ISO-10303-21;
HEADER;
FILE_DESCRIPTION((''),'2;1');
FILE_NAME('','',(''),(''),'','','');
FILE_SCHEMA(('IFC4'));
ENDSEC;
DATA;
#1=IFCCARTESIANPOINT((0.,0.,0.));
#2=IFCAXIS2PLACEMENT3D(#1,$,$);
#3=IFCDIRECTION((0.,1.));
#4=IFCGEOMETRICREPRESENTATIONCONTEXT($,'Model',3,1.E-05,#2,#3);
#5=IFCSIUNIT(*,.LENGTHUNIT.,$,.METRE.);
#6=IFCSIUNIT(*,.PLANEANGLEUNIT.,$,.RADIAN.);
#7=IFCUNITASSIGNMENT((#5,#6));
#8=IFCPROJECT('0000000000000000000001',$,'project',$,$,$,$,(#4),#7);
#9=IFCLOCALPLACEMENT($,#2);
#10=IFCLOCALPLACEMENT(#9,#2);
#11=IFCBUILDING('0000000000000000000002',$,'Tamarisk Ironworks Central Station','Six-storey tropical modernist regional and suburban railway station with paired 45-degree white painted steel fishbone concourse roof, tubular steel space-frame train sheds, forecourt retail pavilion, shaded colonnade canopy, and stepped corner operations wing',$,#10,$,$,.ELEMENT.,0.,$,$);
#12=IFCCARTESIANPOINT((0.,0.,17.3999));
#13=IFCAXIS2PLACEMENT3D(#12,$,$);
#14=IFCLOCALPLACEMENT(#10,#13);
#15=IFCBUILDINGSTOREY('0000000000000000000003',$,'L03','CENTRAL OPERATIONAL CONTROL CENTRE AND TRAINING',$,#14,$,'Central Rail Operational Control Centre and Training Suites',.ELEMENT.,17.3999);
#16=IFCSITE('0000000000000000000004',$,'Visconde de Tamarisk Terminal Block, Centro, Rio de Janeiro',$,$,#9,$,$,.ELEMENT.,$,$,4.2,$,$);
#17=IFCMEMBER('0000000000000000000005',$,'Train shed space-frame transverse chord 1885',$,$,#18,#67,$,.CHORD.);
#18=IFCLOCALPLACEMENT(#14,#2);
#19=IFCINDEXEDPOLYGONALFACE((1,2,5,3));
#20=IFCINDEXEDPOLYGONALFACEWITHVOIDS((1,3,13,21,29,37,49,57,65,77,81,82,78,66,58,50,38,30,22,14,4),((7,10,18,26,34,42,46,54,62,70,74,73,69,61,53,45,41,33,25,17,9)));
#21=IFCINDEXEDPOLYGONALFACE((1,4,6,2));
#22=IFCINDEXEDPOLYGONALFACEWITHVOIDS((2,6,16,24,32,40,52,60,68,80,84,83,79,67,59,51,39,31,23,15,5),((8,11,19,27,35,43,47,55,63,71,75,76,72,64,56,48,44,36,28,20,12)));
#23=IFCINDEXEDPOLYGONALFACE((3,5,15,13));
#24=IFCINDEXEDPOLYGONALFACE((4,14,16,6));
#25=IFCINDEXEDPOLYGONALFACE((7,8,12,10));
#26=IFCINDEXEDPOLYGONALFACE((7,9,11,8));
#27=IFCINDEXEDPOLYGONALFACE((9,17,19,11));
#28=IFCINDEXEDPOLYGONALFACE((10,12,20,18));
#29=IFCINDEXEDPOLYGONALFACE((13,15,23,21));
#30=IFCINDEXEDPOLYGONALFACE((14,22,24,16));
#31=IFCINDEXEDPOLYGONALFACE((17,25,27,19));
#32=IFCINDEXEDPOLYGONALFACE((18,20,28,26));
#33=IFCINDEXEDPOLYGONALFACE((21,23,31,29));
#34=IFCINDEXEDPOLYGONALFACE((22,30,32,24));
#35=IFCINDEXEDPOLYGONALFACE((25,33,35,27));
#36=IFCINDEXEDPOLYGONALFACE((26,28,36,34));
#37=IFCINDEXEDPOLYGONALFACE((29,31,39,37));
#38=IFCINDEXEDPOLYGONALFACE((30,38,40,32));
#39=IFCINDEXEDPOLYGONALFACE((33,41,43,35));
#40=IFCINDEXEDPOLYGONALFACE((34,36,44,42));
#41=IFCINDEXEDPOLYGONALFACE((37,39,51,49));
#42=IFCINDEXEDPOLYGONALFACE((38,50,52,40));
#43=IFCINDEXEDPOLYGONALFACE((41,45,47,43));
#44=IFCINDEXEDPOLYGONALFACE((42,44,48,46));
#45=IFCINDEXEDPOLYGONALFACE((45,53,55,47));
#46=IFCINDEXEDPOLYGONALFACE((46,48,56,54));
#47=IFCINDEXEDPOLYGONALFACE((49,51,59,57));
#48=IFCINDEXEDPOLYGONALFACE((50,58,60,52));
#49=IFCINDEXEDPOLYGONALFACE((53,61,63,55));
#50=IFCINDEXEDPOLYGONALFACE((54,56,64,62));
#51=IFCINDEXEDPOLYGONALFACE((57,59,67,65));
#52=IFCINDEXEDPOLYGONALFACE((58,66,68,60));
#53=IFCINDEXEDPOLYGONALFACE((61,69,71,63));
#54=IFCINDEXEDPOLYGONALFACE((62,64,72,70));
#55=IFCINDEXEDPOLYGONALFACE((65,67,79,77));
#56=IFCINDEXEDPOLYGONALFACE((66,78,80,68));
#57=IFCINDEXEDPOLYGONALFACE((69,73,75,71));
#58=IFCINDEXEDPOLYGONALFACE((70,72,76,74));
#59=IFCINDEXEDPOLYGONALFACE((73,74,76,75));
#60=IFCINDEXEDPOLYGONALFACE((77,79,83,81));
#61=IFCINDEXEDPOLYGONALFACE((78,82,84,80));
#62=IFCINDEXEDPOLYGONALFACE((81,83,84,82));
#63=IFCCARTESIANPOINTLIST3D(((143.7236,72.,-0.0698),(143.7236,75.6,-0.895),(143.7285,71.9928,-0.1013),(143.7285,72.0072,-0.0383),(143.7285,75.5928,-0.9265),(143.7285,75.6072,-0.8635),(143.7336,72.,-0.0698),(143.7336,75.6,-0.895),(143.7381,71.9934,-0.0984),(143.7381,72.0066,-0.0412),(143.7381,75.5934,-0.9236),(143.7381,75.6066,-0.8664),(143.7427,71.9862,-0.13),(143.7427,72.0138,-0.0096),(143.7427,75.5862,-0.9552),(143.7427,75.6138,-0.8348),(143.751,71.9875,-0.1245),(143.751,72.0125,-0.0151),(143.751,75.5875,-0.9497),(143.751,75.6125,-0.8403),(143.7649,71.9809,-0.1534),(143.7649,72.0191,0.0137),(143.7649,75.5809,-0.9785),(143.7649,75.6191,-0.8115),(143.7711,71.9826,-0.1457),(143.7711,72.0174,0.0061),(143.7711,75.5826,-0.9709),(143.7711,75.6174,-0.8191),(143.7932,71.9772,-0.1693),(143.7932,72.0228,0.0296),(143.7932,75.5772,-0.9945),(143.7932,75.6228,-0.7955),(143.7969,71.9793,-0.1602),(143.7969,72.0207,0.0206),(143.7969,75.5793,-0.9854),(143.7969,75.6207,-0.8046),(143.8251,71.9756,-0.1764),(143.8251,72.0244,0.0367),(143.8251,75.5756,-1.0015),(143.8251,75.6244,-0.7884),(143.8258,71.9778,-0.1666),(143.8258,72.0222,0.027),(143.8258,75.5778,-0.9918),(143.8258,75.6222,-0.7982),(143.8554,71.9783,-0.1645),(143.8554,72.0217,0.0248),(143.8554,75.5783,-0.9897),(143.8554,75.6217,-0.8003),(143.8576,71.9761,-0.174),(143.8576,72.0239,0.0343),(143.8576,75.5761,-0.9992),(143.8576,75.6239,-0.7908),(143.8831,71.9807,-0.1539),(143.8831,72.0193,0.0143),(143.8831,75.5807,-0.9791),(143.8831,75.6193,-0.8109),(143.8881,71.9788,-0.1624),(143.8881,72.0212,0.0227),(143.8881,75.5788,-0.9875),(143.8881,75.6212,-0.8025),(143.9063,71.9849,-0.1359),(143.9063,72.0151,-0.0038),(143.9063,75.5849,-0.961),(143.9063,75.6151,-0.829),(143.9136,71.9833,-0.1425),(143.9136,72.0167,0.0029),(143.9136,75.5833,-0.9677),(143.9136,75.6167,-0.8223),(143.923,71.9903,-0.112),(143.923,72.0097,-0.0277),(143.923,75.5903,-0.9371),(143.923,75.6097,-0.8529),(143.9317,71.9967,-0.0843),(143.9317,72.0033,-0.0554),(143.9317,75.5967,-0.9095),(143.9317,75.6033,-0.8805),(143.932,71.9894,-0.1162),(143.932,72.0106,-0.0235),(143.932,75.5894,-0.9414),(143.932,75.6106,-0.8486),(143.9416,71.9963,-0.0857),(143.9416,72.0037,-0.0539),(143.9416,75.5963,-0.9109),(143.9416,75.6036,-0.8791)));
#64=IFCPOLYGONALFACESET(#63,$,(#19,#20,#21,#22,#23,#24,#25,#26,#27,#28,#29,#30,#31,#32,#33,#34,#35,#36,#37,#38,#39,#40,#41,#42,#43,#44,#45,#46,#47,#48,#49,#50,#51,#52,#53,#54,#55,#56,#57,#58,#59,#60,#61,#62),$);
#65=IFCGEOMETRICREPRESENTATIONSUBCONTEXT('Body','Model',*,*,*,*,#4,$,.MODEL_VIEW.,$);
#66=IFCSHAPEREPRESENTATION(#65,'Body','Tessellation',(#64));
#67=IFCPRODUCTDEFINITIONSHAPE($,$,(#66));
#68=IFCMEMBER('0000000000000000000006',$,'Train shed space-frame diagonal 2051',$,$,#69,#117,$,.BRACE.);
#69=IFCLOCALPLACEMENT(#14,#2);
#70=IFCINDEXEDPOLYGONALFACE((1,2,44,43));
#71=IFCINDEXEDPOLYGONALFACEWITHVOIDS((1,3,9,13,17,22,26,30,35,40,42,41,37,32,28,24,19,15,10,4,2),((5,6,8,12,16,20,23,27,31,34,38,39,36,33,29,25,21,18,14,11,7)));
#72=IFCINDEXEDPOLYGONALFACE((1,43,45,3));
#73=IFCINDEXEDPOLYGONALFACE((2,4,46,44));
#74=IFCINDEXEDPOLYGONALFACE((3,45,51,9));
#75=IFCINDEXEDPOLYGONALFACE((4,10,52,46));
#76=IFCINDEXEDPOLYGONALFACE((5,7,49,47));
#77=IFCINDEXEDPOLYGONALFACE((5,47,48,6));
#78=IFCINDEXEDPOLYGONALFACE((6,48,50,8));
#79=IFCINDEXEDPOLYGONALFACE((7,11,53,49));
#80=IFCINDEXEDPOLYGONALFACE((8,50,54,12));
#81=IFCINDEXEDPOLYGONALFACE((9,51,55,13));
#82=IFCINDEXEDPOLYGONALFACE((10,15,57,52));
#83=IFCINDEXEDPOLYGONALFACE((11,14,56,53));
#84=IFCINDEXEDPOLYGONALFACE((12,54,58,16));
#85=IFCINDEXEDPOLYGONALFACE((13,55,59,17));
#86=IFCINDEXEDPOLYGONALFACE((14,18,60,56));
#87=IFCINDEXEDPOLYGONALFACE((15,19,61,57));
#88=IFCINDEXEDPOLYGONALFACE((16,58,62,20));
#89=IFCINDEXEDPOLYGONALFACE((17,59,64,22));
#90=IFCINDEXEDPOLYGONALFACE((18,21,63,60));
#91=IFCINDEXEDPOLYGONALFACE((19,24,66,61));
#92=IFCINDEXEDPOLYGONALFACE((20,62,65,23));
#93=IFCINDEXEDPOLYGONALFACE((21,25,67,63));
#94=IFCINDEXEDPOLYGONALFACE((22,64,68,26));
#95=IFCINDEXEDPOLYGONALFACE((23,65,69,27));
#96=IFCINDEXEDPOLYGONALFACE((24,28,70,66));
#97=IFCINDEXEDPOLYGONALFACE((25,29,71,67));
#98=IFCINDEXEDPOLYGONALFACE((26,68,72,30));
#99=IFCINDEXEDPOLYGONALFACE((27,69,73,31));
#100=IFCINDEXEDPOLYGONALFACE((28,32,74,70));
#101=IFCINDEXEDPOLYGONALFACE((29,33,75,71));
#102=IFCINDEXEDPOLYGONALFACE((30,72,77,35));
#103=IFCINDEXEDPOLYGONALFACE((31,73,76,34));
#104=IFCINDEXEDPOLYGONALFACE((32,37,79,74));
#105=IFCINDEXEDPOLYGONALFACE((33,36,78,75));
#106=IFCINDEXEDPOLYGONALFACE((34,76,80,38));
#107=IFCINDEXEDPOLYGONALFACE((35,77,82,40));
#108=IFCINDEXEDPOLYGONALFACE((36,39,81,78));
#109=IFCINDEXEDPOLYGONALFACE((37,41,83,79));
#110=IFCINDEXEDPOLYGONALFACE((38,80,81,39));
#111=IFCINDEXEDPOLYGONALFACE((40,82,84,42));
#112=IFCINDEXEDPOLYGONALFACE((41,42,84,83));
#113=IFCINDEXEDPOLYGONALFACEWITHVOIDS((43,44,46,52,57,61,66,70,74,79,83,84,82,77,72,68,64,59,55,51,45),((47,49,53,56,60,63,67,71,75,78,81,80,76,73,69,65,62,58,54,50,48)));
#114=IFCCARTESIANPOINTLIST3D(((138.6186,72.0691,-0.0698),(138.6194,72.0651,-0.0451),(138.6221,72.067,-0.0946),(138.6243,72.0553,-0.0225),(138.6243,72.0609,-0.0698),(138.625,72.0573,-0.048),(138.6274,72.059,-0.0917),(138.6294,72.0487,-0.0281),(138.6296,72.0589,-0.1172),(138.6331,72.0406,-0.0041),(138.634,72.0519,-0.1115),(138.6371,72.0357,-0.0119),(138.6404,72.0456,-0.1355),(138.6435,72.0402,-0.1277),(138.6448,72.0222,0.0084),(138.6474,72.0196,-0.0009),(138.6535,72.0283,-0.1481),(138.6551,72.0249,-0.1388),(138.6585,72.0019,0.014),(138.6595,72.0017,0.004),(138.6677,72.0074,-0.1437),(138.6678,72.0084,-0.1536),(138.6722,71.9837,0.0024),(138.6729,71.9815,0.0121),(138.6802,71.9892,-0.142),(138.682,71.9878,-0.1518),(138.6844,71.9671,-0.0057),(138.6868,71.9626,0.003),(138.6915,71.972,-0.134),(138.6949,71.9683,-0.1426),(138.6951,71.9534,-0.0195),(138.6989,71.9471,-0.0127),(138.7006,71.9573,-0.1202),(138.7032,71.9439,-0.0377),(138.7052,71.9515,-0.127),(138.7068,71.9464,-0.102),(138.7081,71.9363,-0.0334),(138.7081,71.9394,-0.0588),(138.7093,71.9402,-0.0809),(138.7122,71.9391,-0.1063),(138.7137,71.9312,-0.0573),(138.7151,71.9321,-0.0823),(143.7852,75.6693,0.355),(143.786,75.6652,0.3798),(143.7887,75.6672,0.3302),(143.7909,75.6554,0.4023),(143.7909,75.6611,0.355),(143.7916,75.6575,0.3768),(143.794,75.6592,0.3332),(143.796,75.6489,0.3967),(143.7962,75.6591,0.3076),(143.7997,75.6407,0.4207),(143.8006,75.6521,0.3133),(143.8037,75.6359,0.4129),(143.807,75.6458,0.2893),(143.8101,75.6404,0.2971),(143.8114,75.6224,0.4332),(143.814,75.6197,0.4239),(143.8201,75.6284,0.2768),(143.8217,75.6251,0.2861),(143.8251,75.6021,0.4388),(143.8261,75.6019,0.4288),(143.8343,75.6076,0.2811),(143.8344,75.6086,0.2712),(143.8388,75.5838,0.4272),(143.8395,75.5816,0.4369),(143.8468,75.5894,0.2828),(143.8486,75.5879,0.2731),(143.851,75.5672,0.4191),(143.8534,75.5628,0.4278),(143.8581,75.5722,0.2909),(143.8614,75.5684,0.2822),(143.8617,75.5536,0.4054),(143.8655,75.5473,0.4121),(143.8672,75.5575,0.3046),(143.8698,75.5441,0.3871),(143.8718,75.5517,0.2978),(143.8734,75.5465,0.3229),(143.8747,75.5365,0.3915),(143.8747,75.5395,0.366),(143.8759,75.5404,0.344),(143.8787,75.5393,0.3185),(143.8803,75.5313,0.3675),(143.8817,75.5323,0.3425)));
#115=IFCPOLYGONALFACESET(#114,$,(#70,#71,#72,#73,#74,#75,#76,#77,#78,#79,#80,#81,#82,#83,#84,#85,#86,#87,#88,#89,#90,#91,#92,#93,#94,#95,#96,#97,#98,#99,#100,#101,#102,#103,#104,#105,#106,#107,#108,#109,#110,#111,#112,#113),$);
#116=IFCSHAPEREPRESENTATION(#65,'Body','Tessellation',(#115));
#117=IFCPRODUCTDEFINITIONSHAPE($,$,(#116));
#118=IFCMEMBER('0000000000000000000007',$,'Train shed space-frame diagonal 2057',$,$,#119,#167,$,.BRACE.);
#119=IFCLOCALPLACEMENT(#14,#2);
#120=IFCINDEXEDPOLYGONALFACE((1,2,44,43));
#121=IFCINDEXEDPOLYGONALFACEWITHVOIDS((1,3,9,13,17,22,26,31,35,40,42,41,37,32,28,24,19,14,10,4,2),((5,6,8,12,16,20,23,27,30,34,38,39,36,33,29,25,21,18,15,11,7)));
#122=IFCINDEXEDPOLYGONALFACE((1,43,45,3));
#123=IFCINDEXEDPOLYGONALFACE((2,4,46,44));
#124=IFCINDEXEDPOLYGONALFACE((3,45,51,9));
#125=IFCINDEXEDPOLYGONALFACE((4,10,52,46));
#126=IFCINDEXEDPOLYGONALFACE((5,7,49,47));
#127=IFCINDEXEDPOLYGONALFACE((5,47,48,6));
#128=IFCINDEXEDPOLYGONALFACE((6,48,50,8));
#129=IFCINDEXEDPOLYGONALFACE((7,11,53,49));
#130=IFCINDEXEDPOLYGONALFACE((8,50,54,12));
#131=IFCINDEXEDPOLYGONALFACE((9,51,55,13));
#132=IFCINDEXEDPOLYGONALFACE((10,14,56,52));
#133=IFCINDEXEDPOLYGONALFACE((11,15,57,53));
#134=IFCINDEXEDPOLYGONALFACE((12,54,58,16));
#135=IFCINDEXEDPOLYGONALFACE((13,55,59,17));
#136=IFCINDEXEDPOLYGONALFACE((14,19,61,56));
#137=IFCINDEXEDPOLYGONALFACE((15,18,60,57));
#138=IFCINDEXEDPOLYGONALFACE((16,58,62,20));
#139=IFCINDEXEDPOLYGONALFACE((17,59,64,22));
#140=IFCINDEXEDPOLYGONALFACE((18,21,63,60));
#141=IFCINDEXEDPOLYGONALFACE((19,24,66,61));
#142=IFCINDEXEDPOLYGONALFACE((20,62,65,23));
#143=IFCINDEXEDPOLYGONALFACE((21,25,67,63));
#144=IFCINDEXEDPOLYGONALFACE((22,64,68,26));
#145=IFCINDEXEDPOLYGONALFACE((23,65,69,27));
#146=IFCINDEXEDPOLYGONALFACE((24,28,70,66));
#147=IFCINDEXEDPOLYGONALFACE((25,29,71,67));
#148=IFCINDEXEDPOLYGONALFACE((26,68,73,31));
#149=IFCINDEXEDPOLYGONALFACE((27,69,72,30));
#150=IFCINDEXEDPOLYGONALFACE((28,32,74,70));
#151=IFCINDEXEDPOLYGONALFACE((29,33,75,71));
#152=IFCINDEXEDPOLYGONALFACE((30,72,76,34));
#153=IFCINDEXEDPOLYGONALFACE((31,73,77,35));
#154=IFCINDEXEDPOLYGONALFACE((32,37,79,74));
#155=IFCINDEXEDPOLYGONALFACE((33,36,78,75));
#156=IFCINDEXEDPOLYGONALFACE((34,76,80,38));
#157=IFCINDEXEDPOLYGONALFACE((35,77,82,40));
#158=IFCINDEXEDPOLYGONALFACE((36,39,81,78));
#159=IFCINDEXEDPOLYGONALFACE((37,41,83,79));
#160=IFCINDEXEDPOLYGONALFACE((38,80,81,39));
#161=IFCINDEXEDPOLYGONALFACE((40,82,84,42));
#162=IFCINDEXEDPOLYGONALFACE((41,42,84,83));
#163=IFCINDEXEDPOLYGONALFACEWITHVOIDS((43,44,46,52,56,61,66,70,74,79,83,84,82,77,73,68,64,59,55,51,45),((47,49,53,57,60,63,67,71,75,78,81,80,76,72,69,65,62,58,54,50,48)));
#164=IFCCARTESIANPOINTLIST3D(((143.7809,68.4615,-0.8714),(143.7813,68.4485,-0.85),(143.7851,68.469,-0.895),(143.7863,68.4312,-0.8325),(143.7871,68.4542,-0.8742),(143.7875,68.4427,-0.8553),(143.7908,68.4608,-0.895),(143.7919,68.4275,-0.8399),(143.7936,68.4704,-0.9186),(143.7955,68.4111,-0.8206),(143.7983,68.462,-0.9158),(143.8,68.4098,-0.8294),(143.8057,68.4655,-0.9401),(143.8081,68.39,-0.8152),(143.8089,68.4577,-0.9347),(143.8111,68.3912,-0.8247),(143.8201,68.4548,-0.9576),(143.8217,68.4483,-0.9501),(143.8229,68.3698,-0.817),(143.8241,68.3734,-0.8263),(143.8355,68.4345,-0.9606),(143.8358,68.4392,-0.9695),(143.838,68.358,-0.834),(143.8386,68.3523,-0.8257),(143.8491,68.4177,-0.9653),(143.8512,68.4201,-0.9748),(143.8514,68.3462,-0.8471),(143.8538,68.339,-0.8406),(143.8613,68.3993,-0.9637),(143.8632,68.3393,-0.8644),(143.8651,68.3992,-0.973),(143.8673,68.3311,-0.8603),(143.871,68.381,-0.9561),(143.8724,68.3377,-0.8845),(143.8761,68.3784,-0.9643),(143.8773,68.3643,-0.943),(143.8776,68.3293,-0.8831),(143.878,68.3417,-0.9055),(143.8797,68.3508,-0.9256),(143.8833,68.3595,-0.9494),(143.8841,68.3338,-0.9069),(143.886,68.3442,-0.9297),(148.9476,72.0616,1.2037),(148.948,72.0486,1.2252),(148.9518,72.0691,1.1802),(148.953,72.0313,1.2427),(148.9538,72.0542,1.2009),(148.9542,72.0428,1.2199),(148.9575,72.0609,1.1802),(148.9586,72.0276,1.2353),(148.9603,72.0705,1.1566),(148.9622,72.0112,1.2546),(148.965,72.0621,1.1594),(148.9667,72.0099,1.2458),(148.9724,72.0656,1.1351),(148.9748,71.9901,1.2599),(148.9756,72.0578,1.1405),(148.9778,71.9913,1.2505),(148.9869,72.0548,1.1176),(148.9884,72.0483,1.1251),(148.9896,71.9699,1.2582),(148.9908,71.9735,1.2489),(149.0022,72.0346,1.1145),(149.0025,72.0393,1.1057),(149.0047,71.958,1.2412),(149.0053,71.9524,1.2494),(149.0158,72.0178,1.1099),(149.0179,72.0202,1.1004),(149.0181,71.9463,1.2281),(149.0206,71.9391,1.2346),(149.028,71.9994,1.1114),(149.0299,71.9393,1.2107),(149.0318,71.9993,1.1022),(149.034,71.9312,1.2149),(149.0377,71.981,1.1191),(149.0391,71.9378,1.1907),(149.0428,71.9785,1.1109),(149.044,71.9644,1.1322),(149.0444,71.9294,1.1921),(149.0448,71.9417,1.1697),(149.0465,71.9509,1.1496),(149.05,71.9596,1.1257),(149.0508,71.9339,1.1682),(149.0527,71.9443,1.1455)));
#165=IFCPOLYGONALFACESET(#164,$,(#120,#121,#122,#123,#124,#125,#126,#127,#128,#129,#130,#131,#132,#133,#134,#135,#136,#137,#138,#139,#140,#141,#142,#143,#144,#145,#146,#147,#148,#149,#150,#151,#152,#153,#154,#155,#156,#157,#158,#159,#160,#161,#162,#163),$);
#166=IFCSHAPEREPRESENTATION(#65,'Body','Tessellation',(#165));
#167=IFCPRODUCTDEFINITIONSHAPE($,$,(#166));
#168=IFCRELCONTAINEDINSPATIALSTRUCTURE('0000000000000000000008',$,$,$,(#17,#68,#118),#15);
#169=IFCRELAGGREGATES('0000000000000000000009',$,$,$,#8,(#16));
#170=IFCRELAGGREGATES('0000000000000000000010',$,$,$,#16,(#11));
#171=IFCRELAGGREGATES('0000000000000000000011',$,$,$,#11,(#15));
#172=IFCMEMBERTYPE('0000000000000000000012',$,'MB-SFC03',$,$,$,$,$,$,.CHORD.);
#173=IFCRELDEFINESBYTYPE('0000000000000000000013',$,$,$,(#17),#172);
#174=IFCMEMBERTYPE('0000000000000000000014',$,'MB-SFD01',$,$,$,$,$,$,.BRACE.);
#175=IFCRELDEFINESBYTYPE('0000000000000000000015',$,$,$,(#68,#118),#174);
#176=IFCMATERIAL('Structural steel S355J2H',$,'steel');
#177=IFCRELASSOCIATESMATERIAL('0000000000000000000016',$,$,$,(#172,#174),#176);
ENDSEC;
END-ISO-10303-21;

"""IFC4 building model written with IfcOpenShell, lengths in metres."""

from ifc_helpers import new_model, si_unit, direction, frame, origin, origin_2d, place, context, subcontext, project, spatial, hollow_circle, extrude, material, material_profile, profile_set, type_object, element, save


model = new_model("IFC4")

# Units and contexts
model_context = context("Model", 3, precision=1e-05, world=origin(), true_north=direction((0.0, 1.0)))
body_context = subcontext(model_context, "Body", "Model", "MODEL_VIEW")
ifc_project = project(units=[si_unit("LENGTHUNIT", "METRE"), si_unit("PLANEANGLEUNIT", "RADIAN")], contexts=[model_context])

# Site, building, storey
site_placement = place(None, origin())
site = spatial("IfcSite", under=ifc_project, at=site_placement, Name="Visconde de Tamarisk Terminal Block, Centro, Rio de Janeiro", CompositionType="ELEMENT", RefElevation=4.2)
building_placement = place(site_placement, origin())
building = spatial("IfcBuilding", under=site, at=building_placement, Name="Tamarisk Ironworks Central Station", Description="Six-storey tropical modernist regional and suburban railway station with paired 45-degree white painted steel fishbone concourse roof, tubular steel space-frame train sheds, forecourt retail pavilion, shaded colonnade canopy, and stepped corner operations wing", CompositionType="ELEMENT", ElevationOfRefHeight=0.0)
storey_placement = place(building_placement, frame((0.0, 0.0, 17.3999)))
storey = spatial("IfcBuildingStorey", under=building, at=storey_placement, Name="L03", Description="CENTRAL OPERATIONAL CONTROL CENTRE AND TRAINING", LongName="Central Rail Operational Control Centre and Training Suites", CompositionType="ELEMENT", Elevation=17.3999)

# Members
ifc_material_1 = material(Name="Structural steel S355J2H", Category="steel")
ifc_material_profile_1 = material_profile(ifc_material_1, hollow_circle(Radius=0.1096, WallThickness=0.01, at=origin_2d()), Name="CHS 219.1x10")
ifc_profile_set_1 = profile_set([ifc_material_profile_1], Name="Structural steel S355J2H")
member_type_1 = type_object("IfcMemberType", Name="MB-SFC03", PredefinedType="CHORD", material=ifc_profile_set_1)
for number, where, z_axis, x_axis, name in (
    (1, (143.8333, 72.0, -0.0698), (0.0, 0.974722, -0.223421), (-1.0, 0.0, 0.0), "Train shed space-frame transverse chord 1885"),
):
    element("IfcMember", number, at=place(storey_placement, frame(where, z_axis=z_axis, x_axis=x_axis)), inside=storey, type_object=member_type_1, Name=name, PredefinedType="CHORD", context=body_context, shape_type="SweptSolid", body=[
        extrude(hollow_circle(Radius=0.1096, WallThickness=0.01, at=origin_2d()), origin(), (0.0, 0.0, 1.0), 3.6934),
    ])
ifc_material_profile_2 = material_profile(ifc_material_1, hollow_circle(Radius=0.0842, WallThickness=0.01, at=origin_2d()), Name="CHS 168.3x10")
ifc_profile_set_2 = profile_set([ifc_material_profile_2], Name="Structural steel S355J2H")
member_type_2 = type_object("IfcMemberType", Name="MB-SFD01", PredefinedType="BRACE", material=ifc_profile_set_2)
member_1_placement = place(storey_placement, frame((138.6667, 72.0, -0.0698), z_axis=(0.818597, 0.570411, 0.067307), x_axis=(-0.571707, 0.820458, 0.0)))
element("IfcMember", 2, at=member_1_placement, inside=storey, type_object=member_type_2, Name="Train shed space-frame diagonal 2051", PredefinedType="BRACE", context=body_context, shape_type="SweptSolid", body=[
    extrude(hollow_circle(Radius=0.0842, WallThickness=0.01, at=origin_2d()), origin(), (0.0, 0.0, 1.0), 6.3115),
])
member_2_placement = place(storey_placement, frame((143.8333, 68.3999, -0.895), z_axis=(0.779249, 0.542967, 0.312981), x_axis=(-0.571689, 0.82047, 0.0)))
element("IfcMember", 3, at=member_2_placement, inside=storey, type_object=member_type_2, Name="Train shed space-frame diagonal 2057", PredefinedType="BRACE", context=body_context, shape_type="SweptSolid", body=[
    extrude(hollow_circle(Radius=0.0842, WallThickness=0.01, at=origin_2d()), origin(), (0.0, 0.0, 1.0), 6.6304),
])

save(model, "model.ifc")
